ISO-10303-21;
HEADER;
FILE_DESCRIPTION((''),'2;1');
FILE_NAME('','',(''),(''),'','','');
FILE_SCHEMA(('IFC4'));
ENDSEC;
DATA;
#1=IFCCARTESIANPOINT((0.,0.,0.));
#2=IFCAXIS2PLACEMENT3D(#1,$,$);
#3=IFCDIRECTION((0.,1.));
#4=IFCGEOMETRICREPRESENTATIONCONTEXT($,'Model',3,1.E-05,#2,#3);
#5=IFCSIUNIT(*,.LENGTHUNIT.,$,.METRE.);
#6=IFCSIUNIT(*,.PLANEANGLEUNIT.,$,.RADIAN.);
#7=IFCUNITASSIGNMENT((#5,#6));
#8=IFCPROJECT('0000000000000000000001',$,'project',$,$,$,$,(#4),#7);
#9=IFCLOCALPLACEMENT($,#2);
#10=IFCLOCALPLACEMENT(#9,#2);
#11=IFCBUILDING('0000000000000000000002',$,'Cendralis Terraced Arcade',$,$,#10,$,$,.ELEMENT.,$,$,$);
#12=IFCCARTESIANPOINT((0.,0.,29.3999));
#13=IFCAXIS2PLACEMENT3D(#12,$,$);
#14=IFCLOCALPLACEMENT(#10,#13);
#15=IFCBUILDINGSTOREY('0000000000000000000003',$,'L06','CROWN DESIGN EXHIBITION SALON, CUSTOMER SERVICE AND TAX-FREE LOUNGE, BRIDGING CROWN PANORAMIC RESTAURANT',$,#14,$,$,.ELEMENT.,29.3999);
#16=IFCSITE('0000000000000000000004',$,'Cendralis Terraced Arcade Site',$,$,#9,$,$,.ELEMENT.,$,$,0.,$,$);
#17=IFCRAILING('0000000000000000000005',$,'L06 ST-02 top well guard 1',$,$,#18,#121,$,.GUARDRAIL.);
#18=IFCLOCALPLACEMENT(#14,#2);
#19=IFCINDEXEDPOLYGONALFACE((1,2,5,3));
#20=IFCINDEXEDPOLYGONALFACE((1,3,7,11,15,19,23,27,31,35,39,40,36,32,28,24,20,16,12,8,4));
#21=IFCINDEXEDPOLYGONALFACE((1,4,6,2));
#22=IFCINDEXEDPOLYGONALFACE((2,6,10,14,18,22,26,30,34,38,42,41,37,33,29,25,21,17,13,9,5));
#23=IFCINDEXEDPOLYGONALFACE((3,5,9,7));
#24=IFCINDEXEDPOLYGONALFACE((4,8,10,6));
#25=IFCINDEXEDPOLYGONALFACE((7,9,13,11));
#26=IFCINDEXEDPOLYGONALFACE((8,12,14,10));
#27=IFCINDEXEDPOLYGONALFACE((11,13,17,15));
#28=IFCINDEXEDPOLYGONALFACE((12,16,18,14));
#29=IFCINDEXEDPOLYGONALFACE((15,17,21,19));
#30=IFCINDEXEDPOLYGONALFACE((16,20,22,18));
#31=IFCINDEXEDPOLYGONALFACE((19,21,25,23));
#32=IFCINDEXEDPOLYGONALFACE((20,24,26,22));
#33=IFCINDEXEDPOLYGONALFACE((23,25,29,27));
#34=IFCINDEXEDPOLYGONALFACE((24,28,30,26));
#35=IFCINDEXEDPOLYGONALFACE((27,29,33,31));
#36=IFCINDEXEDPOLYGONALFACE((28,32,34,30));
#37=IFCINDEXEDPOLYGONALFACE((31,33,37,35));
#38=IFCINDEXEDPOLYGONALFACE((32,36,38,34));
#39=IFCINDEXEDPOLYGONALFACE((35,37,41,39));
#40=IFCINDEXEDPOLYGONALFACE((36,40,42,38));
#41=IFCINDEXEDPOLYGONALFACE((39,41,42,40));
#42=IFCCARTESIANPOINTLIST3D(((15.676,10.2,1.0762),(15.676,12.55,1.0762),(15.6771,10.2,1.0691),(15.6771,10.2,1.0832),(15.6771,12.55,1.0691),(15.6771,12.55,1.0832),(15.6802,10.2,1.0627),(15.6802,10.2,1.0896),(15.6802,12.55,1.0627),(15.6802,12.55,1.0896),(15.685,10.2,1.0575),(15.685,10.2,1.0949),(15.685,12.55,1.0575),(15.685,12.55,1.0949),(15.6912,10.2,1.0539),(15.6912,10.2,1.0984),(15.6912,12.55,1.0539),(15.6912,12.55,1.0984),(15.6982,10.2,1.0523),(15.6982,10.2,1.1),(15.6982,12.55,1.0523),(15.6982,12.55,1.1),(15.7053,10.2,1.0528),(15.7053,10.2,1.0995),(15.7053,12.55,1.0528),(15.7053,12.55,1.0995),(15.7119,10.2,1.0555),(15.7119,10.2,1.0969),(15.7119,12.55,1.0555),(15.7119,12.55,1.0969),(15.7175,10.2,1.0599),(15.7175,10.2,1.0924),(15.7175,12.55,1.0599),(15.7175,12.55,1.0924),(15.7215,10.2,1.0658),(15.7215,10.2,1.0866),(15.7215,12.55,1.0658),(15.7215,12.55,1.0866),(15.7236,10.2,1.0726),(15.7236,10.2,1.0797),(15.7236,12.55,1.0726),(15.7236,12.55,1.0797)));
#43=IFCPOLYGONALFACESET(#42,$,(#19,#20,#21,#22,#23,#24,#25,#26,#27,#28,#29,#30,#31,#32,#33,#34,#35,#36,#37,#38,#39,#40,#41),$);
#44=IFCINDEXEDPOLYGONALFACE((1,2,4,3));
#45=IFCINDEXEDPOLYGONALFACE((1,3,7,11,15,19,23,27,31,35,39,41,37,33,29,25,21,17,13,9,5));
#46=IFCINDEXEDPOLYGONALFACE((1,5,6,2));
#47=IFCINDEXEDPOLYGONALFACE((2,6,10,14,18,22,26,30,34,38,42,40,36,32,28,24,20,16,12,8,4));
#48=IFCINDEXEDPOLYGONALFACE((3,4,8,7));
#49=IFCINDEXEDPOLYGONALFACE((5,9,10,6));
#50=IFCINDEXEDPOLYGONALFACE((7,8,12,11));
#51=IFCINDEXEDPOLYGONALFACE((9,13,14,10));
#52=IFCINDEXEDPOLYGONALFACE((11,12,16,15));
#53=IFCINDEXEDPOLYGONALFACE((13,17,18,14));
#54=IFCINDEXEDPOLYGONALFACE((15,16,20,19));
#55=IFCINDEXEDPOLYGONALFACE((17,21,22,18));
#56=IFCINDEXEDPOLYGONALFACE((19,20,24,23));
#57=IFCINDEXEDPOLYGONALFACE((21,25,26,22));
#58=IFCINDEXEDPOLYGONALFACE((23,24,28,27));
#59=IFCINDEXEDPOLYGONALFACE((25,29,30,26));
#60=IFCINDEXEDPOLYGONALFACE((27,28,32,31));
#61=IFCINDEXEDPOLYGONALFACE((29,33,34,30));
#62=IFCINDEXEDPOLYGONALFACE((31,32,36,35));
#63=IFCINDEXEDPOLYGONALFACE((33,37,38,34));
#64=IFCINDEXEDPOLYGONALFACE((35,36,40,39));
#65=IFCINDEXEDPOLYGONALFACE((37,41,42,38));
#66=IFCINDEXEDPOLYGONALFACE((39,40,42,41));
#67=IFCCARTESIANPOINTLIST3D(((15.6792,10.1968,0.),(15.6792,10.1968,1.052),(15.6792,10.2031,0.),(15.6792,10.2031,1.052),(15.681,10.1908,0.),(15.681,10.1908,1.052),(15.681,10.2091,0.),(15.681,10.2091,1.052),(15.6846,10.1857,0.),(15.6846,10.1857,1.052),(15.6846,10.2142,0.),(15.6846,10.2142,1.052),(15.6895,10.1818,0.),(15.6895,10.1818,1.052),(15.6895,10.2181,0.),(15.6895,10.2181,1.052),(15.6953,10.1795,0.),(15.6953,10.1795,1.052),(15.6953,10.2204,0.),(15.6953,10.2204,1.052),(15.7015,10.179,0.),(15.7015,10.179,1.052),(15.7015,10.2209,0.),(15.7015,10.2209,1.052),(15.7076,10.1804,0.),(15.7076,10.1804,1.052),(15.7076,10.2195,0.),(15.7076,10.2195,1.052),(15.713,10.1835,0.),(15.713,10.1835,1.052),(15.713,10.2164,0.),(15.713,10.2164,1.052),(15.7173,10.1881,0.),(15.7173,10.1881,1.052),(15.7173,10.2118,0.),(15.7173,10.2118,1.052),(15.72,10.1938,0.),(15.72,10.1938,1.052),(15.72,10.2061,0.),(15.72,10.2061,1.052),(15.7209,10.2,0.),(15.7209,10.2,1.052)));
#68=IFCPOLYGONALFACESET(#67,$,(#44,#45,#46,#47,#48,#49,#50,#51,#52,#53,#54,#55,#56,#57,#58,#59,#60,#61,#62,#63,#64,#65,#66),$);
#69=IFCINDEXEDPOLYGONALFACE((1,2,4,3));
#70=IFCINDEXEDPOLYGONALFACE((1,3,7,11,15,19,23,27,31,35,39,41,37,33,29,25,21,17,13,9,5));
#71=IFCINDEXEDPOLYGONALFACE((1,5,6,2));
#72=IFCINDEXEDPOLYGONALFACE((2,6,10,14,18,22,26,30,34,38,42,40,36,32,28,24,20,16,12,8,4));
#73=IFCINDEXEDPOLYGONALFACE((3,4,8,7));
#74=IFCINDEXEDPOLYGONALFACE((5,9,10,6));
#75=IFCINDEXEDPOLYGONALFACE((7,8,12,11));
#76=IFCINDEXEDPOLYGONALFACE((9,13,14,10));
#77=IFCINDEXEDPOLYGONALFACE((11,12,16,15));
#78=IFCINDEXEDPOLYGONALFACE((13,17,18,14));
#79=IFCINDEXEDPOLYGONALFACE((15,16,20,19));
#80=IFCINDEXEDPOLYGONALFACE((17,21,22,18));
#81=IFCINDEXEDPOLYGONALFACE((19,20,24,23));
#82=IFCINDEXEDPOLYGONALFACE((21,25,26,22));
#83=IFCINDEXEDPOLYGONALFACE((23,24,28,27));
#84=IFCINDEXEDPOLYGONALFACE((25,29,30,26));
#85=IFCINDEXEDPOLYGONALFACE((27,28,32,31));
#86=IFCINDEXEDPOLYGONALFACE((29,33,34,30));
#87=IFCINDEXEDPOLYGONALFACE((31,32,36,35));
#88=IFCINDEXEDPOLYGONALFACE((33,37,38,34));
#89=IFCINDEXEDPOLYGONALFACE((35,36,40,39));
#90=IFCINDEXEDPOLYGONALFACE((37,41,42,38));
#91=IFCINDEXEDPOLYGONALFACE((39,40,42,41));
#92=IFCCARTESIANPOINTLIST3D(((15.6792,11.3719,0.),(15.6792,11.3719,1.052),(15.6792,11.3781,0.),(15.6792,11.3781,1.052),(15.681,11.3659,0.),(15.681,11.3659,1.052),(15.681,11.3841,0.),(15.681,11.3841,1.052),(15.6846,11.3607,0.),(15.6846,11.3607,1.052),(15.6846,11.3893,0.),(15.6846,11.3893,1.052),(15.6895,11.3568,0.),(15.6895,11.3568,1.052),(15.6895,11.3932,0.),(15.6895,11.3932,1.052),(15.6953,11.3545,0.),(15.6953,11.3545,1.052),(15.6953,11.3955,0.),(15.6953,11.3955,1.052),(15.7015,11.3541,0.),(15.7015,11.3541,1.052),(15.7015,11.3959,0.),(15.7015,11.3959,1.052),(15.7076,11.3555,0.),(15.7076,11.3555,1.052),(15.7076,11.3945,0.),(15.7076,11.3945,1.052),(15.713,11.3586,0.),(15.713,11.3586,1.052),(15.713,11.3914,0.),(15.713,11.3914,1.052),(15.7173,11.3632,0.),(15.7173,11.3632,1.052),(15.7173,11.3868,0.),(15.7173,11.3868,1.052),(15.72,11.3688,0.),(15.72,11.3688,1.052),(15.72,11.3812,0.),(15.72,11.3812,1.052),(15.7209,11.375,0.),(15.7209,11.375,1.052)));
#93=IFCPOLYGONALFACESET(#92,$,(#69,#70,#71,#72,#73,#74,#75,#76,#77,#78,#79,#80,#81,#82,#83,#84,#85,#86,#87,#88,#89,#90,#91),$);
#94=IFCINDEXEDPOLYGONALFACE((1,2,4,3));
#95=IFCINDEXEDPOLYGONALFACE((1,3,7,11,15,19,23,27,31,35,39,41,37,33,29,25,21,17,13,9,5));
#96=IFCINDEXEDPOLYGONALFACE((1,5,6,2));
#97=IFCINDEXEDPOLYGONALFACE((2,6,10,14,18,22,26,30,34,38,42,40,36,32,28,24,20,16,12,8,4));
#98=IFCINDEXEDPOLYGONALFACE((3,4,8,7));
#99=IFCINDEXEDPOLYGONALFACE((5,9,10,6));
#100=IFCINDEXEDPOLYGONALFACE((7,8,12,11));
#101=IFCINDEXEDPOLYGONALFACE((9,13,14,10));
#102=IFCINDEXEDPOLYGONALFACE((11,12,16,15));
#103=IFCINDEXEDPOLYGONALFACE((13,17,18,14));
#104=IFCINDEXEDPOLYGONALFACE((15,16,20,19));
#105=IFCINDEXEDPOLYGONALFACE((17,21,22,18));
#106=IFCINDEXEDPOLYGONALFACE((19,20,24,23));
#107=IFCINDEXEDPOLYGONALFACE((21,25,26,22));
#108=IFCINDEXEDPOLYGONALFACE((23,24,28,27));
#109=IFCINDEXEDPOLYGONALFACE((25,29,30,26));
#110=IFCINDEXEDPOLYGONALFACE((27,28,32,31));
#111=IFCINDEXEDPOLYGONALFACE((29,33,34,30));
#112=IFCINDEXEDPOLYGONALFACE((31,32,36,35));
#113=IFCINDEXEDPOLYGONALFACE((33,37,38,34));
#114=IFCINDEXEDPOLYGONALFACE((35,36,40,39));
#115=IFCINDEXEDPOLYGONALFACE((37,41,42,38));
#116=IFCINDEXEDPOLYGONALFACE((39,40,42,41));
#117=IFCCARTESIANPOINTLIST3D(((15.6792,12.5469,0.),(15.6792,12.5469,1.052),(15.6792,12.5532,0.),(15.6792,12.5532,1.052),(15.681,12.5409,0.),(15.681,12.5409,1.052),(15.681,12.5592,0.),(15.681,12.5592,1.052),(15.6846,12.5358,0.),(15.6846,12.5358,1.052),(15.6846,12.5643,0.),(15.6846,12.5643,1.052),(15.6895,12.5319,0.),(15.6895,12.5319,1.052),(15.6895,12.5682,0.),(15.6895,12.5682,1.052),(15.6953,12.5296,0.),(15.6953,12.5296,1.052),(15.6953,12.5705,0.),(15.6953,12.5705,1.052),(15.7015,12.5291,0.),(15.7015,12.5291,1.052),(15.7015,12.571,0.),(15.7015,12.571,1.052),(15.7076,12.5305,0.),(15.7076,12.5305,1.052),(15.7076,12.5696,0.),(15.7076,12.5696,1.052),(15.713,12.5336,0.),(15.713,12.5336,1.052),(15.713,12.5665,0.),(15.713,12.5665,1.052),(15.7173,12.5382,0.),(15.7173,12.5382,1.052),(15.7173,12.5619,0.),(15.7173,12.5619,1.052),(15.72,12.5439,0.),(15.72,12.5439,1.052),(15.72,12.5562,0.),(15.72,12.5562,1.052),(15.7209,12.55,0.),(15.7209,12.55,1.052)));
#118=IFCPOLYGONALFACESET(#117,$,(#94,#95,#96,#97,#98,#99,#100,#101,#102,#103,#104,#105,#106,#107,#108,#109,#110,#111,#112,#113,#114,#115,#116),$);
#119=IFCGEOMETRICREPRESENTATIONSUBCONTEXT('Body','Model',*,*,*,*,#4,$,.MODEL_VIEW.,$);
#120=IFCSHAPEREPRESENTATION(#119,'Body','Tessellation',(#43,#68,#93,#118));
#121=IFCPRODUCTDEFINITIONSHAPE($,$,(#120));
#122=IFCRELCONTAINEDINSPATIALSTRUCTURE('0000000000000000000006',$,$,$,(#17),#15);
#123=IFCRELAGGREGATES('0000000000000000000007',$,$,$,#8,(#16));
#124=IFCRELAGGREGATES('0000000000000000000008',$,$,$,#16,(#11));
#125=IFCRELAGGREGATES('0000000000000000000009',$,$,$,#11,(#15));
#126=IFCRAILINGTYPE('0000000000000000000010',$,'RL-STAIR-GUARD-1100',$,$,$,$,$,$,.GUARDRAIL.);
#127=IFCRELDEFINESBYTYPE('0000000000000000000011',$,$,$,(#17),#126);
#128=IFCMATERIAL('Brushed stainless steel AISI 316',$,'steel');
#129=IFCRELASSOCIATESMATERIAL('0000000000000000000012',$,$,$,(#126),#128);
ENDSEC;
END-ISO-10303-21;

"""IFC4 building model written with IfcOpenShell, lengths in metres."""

from ifc_helpers import new_model, si_unit, direction, frame, origin, origin_2d, place, context, subcontext, project, spatial, circle, extrude, material, type_object, element, save


model = new_model("IFC4")

# Units and contexts
model_context = context("Model", 3, precision=1e-05, world=origin(), true_north=direction((0.0, 1.0)))
body_context = subcontext(model_context, "Body", "Model", "MODEL_VIEW")
ifc_project = project(units=[si_unit("LENGTHUNIT", "METRE"), si_unit("PLANEANGLEUNIT", "RADIAN")], contexts=[model_context])

# Site, building, storey
site_placement = place(None, origin())
site = spatial("IfcSite", under=ifc_project, at=site_placement, Name="Cendralis Terraced Arcade Site", CompositionType="ELEMENT", RefElevation=0.0)
building_placement = place(site_placement, origin())
building = spatial("IfcBuilding", under=site, at=building_placement, Name="Cendralis Terraced Arcade", CompositionType="ELEMENT")
storey_placement = place(building_placement, frame((0.0, 0.0, 29.3999)))
storey = spatial("IfcBuildingStorey", under=building, at=storey_placement, Name="L06", Description="CROWN DESIGN EXHIBITION SALON, CUSTOMER SERVICE AND TAX-FREE LOUNGE, BRIDGING CROWN PANORAMIC RESTAURANT", CompositionType="ELEMENT", Elevation=29.3999)

# Railing
ifc_material_1 = material(Name="Brushed stainless steel AISI 316", Category="steel")
railing_type = type_object("IfcRailingType", Name="RL-STAIR-GUARD-1100", PredefinedType="GUARDRAIL", material=ifc_material_1)
railing_placement = place(storey_placement, frame((15.7, 10.2, 0.0)))
element("IfcRailing", 1, at=railing_placement, inside=storey, type_object=railing_type, Name="L06 ST-02 top well guard 1", PredefinedType="GUARDRAIL", context=body_context, shape_type="SweptSolid", body=[
    extrude(circle(Radius=0.0239, at=origin_2d()), frame((0.0, 0.0, 1.0762), z_axis=(0.0, 1.0, 0.0), x_axis=(-1.0, 0.0, 0.0)), (0.0, 0.0, 1.0), 2.3501),
    extrude(circle(Radius=0.021, at=origin_2d()), origin(), (0.0, 0.0, 1.0), 1.052),
    extrude(circle(Radius=0.021, at=origin_2d()), frame((0.0, 1.175, 0.0)), (0.0, 0.0, 1.0), 1.052),
    extrude(circle(Radius=0.021, at=origin_2d()), frame((0.0, 2.3501, 0.0)), (0.0, 0.0, 1.0), 1.052),
])

save(model, "model.ifc")
